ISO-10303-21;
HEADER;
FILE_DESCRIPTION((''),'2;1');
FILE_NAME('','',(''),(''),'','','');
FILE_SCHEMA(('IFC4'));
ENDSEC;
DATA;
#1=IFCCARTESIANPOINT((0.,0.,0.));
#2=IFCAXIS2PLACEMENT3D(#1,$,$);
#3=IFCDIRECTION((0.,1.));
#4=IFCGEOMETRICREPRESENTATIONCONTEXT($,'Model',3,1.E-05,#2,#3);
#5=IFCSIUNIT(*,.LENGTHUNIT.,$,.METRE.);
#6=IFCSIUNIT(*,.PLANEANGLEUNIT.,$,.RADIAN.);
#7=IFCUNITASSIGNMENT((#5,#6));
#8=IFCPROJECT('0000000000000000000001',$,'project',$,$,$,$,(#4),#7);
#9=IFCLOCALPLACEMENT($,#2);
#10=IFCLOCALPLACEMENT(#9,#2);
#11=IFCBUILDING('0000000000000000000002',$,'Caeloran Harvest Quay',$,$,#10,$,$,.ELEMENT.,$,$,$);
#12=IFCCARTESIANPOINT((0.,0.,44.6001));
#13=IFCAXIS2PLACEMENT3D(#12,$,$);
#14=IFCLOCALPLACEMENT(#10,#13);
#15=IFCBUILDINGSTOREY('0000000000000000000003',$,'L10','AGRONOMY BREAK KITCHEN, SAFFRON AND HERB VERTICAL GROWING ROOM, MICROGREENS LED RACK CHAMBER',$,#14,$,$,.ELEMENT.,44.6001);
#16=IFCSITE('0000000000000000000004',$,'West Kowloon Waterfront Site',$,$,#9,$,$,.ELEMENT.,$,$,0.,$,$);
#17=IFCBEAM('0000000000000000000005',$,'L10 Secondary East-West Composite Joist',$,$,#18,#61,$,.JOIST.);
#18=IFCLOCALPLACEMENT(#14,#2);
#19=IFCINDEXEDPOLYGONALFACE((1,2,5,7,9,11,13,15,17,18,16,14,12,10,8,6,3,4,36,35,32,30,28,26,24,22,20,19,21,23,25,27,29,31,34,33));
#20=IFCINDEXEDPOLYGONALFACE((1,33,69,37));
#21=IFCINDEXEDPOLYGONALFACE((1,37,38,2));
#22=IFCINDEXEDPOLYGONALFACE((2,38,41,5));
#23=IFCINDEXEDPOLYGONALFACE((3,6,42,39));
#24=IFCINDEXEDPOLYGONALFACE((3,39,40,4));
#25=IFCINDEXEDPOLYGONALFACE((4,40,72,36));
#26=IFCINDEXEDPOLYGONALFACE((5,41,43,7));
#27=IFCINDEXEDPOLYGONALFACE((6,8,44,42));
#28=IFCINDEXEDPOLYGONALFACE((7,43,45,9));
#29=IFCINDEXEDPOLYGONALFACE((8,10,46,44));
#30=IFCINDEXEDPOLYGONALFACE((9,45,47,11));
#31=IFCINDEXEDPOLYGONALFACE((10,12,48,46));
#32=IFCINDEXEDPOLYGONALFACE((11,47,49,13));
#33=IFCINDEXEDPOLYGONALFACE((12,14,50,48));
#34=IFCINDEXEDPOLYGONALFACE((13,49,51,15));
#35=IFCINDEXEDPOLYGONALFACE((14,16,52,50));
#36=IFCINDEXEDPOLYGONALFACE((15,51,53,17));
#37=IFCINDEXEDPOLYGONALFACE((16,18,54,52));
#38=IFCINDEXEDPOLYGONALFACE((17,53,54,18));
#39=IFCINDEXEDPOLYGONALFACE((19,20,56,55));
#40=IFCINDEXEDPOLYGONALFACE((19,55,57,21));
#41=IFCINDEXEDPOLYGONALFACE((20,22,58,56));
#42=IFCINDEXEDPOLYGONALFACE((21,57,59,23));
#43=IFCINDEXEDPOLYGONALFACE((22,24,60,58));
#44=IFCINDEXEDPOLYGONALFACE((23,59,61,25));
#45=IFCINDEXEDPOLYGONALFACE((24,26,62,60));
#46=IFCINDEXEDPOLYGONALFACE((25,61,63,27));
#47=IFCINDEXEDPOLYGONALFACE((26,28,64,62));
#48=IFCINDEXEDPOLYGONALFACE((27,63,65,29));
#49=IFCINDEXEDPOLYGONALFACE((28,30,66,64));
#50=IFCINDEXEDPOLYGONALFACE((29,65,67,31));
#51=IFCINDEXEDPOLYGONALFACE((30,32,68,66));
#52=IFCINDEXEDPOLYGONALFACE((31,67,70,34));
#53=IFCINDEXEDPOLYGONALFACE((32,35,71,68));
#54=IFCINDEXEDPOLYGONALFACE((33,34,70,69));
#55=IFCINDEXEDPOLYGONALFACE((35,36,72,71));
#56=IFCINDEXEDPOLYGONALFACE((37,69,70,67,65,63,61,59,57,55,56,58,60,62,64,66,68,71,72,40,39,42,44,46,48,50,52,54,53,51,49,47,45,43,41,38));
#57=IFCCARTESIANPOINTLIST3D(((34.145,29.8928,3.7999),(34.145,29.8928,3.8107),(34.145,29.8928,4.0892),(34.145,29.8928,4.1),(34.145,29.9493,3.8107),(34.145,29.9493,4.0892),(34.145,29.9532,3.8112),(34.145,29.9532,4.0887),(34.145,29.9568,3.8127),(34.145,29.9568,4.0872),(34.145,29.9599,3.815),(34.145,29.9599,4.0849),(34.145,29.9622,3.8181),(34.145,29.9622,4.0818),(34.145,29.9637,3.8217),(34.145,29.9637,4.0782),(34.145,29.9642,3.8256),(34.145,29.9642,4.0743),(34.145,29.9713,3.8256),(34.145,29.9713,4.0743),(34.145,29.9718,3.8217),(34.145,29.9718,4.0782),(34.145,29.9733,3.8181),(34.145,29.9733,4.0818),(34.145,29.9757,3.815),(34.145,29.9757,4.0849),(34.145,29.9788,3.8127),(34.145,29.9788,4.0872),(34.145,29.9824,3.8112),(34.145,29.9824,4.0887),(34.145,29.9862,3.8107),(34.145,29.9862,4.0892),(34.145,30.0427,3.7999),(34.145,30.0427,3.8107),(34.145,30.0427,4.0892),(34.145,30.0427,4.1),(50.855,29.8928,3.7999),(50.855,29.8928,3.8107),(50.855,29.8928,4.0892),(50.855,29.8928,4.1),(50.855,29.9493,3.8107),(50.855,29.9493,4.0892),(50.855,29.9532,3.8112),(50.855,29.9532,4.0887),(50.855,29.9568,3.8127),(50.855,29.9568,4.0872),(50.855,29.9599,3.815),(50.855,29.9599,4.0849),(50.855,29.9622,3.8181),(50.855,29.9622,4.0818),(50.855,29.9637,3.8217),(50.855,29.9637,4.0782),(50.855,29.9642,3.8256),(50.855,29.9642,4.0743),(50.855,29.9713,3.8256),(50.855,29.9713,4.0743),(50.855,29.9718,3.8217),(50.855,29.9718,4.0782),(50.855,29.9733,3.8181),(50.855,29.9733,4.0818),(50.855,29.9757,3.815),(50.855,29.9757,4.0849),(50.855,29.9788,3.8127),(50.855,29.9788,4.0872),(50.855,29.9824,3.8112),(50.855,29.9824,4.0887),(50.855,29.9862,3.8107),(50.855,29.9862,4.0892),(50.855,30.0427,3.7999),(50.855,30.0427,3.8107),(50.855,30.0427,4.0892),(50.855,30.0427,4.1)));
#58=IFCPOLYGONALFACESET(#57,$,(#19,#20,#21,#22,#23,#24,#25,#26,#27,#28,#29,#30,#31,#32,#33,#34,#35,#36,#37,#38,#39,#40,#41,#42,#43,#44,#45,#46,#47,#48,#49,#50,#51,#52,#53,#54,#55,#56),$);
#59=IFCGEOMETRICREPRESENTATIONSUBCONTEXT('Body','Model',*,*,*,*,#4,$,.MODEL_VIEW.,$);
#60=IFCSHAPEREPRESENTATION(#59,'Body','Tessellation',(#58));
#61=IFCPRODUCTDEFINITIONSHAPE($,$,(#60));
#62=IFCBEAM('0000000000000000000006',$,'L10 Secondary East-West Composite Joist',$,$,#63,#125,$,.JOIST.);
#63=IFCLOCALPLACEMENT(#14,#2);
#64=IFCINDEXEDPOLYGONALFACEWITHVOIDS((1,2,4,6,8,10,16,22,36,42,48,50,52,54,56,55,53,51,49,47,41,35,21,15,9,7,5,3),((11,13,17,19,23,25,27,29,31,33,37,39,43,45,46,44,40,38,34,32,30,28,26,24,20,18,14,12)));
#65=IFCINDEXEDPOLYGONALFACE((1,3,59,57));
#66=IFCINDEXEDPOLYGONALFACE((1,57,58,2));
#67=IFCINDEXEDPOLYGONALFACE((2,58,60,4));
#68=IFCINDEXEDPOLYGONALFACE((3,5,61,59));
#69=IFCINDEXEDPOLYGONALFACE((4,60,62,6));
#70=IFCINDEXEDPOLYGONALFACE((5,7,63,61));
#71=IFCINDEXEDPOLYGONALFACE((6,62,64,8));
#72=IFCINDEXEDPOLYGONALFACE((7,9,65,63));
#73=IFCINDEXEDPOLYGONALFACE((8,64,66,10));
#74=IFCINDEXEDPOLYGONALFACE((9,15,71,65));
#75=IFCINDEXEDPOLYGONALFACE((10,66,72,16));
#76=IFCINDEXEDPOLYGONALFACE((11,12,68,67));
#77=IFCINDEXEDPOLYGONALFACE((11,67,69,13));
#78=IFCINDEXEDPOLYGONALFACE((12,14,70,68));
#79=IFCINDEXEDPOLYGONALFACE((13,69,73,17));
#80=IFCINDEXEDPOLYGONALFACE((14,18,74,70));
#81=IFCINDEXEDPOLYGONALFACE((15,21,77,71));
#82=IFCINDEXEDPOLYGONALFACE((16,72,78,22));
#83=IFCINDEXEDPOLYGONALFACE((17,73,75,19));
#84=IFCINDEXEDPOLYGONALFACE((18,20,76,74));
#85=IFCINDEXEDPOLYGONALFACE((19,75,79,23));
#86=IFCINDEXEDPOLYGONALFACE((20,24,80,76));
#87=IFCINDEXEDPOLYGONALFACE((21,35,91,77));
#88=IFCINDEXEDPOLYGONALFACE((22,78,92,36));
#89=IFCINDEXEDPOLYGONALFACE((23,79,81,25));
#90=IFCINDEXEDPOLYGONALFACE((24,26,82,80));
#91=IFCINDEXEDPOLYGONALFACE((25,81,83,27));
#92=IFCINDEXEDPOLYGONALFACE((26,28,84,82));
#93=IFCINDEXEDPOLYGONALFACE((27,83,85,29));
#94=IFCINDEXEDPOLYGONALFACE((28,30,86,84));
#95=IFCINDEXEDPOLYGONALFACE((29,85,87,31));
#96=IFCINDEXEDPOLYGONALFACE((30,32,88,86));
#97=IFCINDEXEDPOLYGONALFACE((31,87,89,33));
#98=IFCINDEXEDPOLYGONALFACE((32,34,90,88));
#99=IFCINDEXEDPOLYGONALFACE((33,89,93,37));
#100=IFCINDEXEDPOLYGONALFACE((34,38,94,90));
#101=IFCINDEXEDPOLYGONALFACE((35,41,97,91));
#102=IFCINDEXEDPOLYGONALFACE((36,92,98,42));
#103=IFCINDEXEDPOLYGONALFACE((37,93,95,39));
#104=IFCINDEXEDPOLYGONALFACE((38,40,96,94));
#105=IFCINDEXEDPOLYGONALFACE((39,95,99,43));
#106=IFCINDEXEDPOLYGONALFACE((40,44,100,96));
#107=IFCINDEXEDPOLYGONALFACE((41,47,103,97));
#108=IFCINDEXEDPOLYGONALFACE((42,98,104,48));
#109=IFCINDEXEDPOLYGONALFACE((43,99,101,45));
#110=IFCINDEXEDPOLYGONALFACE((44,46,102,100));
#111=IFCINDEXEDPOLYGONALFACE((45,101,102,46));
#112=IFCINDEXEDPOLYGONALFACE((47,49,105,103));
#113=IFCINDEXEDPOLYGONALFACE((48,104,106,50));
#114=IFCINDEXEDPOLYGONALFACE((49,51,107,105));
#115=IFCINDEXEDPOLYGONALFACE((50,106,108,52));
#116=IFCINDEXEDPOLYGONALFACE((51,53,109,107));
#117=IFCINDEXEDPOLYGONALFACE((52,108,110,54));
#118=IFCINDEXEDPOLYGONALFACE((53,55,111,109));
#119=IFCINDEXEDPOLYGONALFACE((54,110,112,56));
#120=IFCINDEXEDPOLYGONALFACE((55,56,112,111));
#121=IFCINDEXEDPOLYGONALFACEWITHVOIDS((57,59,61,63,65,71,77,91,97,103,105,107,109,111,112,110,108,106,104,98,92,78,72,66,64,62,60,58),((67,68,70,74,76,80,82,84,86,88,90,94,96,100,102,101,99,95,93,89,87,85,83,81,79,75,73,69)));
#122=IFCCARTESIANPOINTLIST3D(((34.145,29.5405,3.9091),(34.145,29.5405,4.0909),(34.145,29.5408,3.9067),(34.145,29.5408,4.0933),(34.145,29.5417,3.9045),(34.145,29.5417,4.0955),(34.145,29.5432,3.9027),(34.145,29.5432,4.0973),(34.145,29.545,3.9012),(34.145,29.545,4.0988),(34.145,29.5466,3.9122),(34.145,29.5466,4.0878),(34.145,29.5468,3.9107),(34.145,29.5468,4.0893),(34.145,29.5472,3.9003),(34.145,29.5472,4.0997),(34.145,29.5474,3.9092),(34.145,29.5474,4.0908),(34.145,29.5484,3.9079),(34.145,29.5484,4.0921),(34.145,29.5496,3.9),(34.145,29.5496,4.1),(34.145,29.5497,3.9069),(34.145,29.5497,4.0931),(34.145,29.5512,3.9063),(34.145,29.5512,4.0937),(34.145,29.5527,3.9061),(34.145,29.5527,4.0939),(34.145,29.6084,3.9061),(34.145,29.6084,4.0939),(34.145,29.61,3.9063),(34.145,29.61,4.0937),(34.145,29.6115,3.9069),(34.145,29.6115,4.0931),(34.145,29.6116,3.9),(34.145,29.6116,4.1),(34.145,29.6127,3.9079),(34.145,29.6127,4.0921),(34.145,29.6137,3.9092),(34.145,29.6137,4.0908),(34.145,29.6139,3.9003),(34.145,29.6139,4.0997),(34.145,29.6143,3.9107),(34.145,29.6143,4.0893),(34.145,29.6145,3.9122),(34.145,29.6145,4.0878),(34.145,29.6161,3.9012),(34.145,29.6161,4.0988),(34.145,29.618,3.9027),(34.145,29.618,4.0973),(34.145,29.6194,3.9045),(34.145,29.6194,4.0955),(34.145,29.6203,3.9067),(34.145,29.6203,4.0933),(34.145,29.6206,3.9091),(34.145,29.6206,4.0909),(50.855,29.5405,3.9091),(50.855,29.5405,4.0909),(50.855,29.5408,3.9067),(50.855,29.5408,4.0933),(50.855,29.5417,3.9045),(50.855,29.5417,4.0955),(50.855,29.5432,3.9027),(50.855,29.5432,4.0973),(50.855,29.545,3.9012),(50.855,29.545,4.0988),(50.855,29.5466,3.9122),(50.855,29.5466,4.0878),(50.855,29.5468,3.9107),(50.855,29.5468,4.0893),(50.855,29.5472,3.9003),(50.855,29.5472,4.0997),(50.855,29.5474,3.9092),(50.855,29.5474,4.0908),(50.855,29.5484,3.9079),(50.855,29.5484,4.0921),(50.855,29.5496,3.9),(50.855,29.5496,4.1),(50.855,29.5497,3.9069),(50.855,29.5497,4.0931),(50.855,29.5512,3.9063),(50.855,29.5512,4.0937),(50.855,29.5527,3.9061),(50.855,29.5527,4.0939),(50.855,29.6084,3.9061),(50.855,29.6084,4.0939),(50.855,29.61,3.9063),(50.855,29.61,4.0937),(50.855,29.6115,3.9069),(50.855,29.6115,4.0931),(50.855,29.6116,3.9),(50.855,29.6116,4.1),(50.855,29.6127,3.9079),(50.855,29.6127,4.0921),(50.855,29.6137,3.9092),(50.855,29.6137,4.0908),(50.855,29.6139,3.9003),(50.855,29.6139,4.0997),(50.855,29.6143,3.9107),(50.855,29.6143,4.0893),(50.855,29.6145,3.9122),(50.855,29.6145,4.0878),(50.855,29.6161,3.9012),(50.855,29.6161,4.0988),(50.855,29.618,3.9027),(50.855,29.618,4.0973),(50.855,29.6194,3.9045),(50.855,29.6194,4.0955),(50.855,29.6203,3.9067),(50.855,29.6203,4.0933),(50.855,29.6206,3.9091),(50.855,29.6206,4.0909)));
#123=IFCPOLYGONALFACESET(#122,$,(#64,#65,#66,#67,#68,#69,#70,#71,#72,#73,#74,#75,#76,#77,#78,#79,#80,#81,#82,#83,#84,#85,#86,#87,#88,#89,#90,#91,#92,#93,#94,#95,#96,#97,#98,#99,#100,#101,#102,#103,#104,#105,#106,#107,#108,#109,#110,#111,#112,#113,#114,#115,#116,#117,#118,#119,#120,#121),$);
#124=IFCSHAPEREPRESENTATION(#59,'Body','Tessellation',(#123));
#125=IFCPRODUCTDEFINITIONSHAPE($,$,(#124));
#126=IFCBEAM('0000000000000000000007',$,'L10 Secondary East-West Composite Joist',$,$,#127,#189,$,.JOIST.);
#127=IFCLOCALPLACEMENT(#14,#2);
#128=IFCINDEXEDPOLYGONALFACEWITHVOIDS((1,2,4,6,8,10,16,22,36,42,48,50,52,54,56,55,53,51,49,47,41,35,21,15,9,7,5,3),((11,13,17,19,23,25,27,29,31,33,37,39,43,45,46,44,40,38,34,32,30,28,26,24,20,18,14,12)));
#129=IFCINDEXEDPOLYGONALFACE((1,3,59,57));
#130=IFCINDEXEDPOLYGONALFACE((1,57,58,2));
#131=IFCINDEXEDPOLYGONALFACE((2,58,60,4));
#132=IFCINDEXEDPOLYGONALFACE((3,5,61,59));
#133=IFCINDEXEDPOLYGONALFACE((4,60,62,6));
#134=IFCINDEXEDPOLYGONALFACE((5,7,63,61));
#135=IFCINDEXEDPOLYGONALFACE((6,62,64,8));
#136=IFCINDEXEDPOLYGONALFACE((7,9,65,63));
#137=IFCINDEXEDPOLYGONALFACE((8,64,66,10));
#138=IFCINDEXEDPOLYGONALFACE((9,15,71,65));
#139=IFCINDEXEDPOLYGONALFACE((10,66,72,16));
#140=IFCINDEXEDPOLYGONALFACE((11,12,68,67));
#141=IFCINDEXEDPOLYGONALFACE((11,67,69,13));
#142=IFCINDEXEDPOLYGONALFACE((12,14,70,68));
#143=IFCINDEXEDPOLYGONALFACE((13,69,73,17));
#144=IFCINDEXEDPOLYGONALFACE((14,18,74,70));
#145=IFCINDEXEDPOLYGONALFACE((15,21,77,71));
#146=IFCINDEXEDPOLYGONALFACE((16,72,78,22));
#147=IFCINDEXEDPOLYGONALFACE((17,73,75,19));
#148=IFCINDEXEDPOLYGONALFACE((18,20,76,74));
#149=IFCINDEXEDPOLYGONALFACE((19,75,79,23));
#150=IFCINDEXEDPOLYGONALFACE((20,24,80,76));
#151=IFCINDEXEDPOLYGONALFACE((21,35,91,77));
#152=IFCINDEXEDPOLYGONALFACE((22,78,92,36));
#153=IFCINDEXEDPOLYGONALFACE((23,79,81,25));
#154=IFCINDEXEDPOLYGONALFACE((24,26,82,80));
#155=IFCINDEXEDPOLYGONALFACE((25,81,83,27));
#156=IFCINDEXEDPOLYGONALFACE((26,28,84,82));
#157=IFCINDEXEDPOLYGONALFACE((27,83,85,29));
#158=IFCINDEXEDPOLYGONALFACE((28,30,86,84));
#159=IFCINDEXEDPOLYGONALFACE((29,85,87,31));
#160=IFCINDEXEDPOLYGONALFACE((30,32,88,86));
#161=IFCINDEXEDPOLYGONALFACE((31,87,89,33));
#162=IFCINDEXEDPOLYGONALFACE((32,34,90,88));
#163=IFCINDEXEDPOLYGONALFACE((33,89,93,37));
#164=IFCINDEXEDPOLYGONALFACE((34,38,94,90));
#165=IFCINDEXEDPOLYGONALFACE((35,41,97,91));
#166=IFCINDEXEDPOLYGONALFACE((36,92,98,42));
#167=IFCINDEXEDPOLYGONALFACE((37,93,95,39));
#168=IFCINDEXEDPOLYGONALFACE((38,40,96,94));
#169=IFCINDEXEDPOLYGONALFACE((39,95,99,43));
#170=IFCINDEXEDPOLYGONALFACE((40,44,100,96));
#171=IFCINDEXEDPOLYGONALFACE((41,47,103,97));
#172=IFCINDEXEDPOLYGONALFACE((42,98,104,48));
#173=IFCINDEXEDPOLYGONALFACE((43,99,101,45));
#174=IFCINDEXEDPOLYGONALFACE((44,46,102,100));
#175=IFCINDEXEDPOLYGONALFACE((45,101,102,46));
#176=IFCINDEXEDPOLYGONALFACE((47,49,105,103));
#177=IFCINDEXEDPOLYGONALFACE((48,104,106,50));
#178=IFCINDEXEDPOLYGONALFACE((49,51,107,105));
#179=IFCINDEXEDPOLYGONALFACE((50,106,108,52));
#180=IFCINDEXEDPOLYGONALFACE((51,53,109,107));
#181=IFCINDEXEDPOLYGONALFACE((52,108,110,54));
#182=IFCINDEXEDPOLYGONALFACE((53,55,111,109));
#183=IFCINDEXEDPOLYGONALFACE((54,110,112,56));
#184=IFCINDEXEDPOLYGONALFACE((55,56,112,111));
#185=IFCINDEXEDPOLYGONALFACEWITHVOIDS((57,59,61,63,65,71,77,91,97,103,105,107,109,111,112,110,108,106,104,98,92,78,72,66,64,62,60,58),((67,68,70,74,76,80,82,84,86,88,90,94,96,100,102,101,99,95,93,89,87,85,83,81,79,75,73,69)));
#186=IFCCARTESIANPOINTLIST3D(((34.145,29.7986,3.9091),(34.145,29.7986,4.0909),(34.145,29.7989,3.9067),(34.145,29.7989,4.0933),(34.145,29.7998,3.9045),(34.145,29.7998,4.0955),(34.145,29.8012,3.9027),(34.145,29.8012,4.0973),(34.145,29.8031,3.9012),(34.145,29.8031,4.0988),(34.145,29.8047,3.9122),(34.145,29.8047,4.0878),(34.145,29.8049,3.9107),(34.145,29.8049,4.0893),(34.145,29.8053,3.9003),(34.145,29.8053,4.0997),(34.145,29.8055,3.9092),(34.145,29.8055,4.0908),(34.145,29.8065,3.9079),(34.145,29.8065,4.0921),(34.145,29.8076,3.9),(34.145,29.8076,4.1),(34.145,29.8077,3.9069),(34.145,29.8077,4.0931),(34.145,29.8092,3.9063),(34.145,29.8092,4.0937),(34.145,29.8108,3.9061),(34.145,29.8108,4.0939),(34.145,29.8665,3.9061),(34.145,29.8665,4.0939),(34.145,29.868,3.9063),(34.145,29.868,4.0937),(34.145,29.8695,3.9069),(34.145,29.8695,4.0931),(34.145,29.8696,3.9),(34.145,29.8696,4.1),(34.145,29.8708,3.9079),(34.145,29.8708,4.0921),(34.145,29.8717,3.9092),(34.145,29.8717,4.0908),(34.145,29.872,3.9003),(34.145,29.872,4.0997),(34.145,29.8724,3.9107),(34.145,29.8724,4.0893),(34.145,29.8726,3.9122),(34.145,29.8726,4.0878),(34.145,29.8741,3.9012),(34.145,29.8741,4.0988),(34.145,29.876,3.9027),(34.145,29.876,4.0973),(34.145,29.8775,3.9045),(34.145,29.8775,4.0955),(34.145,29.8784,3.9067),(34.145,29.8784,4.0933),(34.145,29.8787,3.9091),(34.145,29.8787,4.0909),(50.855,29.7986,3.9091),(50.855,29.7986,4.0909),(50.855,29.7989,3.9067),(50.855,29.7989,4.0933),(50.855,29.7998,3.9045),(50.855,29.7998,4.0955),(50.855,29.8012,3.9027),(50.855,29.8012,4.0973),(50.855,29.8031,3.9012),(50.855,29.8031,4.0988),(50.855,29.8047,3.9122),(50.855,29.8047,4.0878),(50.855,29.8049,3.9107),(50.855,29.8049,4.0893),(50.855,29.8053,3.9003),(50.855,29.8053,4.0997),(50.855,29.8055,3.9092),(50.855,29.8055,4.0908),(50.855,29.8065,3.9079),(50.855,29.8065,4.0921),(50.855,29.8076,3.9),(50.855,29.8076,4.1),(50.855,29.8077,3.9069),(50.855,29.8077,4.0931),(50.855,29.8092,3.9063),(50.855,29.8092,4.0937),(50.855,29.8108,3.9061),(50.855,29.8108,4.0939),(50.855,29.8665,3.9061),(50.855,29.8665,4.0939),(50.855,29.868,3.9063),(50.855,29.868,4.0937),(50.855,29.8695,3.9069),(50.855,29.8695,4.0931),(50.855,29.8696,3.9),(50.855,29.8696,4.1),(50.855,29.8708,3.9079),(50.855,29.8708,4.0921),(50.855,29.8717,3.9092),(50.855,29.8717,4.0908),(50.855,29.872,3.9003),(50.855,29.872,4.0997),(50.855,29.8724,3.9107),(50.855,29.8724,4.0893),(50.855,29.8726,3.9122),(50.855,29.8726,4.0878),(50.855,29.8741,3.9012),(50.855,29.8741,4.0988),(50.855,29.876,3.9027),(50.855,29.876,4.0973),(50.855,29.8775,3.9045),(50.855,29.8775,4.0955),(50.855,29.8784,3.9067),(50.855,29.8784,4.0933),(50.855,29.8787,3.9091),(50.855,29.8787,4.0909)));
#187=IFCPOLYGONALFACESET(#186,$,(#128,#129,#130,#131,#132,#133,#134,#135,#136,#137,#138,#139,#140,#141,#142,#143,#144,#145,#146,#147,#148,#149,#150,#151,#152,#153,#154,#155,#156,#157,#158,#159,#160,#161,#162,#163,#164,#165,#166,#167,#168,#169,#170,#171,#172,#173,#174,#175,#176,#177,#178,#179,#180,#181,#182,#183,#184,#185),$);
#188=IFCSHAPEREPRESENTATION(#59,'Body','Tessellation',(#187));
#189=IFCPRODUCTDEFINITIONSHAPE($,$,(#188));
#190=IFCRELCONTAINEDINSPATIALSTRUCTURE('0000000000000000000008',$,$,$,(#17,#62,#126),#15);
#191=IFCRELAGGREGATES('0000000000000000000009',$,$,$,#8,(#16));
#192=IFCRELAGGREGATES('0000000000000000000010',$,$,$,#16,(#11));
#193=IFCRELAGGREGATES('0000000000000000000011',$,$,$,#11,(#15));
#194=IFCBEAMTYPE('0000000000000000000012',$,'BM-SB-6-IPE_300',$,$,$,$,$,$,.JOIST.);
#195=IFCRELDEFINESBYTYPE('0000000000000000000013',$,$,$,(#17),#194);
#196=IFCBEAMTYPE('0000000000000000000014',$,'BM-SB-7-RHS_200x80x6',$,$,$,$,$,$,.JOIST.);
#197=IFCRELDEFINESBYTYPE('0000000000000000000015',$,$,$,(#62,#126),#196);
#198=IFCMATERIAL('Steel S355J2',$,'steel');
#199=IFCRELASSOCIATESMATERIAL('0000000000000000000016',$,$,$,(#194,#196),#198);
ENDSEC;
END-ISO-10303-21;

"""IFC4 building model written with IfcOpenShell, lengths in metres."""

from ifc_helpers import new_model, si_unit, direction, frame, origin, origin_2d, place, context, subcontext, project, spatial, hollow_rectangle, i_section, extrude, material, material_profile, profile_set, type_object, element, save


model = new_model("IFC4")

# Units and contexts
model_context = context("Model", 3, precision=1e-05, world=origin(), true_north=direction((0.0, 1.0)))
body_context = subcontext(model_context, "Body", "Model", "MODEL_VIEW")
ifc_project = project(units=[si_unit("LENGTHUNIT", "METRE"), si_unit("PLANEANGLEUNIT", "RADIAN")], contexts=[model_context])

# Site, building, storey
site_placement = place(None, origin())
site = spatial("IfcSite", under=ifc_project, at=site_placement, Name="West Kowloon Waterfront Site", CompositionType="ELEMENT", RefElevation=0.0)
building_placement = place(site_placement, origin())
building = spatial("IfcBuilding", under=site, at=building_placement, Name="Caeloran Harvest Quay", CompositionType="ELEMENT")
storey_placement = place(building_placement, frame((0.0, 0.0, 44.6001)))
storey = spatial("IfcBuildingStorey", under=building, at=storey_placement, Name="L10", Description="AGRONOMY BREAK KITCHEN, SAFFRON AND HERB VERTICAL GROWING ROOM, MICROGREENS LED RACK CHAMBER", CompositionType="ELEMENT", Elevation=44.6001)

# Beams
ifc_material_1 = material(Name="Steel S355J2", Category="steel")
ifc_material_profile_1 = material_profile(ifc_material_1, i_section(OverallWidth=0.1499, OverallDepth=0.3, WebThickness=0.0071, FlangeThickness=0.0107, FilletRadius=0.0149, at=origin_2d()), Name="IPE 300")
ifc_profile_set_1 = profile_set([ifc_material_profile_1], Name="Steel S355J2")
beam_type_1 = type_object("IfcBeamType", Name="BM-SB-6-IPE_300", PredefinedType="JOIST", material=ifc_profile_set_1)
for number, where, z_axis, x_axis, name in (
    (1, (34.145, 29.9678, 3.95), (1.0, 0.0, 0.0), (0.0, 1.0, 0.0), "L10 Secondary East-West Composite Joist"),
):
    element("IfcBeam", number, at=place(storey_placement, frame(where, z_axis=z_axis, x_axis=x_axis)), inside=storey, type_object=beam_type_1, Name=name, PredefinedType="JOIST", context=body_context, shape_type="SweptSolid", body=[
        extrude(i_section(OverallWidth=0.1499, OverallDepth=0.3, WebThickness=0.0071, FlangeThickness=0.0107, FilletRadius=0.0149, at=origin_2d()), origin(), (0.0, 0.0, 1.0), 16.71),
    ])
ifc_material_profile_2 = material_profile(ifc_material_1, hollow_rectangle(XDim=0.0801, YDim=0.2, WallThickness=0.0061, InnerFilletRadius=0.0061, OuterFilletRadius=0.009, at=origin_2d()), Name="RHS 200x80x6")
ifc_profile_set_2 = profile_set([ifc_material_profile_2], Name="Steel S355J2")
beam_type_2 = type_object("IfcBeamType", Name="BM-SB-7-RHS_200x80x6", PredefinedType="JOIST", material=ifc_profile_set_2)
for number, where, z_axis, x_axis, name in (
    (2, (34.145, 29.5806, 4.0), (1.0, 0.0, 0.0), (0.0, 1.0, 0.0), "L10 Secondary East-West Composite Joist"),
    (3, (34.145, 29.8386, 4.0), (1.0, 0.0, 0.0), (0.0, 1.0, 0.0), "L10 Secondary East-West Composite Joist"),
):
    element("IfcBeam", number, at=place(storey_placement, frame(where, z_axis=z_axis, x_axis=x_axis)), inside=storey, type_object=beam_type_2, Name=name, PredefinedType="JOIST", context=body_context, shape_type="SweptSolid", body=[
        extrude(hollow_rectangle(XDim=0.0801, YDim=0.2, WallThickness=0.0061, InnerFilletRadius=0.0061, OuterFilletRadius=0.009, at=origin_2d()), origin(), (0.0, 0.0, 1.0), 16.71),
    ])

save(model, "model.ifc")
